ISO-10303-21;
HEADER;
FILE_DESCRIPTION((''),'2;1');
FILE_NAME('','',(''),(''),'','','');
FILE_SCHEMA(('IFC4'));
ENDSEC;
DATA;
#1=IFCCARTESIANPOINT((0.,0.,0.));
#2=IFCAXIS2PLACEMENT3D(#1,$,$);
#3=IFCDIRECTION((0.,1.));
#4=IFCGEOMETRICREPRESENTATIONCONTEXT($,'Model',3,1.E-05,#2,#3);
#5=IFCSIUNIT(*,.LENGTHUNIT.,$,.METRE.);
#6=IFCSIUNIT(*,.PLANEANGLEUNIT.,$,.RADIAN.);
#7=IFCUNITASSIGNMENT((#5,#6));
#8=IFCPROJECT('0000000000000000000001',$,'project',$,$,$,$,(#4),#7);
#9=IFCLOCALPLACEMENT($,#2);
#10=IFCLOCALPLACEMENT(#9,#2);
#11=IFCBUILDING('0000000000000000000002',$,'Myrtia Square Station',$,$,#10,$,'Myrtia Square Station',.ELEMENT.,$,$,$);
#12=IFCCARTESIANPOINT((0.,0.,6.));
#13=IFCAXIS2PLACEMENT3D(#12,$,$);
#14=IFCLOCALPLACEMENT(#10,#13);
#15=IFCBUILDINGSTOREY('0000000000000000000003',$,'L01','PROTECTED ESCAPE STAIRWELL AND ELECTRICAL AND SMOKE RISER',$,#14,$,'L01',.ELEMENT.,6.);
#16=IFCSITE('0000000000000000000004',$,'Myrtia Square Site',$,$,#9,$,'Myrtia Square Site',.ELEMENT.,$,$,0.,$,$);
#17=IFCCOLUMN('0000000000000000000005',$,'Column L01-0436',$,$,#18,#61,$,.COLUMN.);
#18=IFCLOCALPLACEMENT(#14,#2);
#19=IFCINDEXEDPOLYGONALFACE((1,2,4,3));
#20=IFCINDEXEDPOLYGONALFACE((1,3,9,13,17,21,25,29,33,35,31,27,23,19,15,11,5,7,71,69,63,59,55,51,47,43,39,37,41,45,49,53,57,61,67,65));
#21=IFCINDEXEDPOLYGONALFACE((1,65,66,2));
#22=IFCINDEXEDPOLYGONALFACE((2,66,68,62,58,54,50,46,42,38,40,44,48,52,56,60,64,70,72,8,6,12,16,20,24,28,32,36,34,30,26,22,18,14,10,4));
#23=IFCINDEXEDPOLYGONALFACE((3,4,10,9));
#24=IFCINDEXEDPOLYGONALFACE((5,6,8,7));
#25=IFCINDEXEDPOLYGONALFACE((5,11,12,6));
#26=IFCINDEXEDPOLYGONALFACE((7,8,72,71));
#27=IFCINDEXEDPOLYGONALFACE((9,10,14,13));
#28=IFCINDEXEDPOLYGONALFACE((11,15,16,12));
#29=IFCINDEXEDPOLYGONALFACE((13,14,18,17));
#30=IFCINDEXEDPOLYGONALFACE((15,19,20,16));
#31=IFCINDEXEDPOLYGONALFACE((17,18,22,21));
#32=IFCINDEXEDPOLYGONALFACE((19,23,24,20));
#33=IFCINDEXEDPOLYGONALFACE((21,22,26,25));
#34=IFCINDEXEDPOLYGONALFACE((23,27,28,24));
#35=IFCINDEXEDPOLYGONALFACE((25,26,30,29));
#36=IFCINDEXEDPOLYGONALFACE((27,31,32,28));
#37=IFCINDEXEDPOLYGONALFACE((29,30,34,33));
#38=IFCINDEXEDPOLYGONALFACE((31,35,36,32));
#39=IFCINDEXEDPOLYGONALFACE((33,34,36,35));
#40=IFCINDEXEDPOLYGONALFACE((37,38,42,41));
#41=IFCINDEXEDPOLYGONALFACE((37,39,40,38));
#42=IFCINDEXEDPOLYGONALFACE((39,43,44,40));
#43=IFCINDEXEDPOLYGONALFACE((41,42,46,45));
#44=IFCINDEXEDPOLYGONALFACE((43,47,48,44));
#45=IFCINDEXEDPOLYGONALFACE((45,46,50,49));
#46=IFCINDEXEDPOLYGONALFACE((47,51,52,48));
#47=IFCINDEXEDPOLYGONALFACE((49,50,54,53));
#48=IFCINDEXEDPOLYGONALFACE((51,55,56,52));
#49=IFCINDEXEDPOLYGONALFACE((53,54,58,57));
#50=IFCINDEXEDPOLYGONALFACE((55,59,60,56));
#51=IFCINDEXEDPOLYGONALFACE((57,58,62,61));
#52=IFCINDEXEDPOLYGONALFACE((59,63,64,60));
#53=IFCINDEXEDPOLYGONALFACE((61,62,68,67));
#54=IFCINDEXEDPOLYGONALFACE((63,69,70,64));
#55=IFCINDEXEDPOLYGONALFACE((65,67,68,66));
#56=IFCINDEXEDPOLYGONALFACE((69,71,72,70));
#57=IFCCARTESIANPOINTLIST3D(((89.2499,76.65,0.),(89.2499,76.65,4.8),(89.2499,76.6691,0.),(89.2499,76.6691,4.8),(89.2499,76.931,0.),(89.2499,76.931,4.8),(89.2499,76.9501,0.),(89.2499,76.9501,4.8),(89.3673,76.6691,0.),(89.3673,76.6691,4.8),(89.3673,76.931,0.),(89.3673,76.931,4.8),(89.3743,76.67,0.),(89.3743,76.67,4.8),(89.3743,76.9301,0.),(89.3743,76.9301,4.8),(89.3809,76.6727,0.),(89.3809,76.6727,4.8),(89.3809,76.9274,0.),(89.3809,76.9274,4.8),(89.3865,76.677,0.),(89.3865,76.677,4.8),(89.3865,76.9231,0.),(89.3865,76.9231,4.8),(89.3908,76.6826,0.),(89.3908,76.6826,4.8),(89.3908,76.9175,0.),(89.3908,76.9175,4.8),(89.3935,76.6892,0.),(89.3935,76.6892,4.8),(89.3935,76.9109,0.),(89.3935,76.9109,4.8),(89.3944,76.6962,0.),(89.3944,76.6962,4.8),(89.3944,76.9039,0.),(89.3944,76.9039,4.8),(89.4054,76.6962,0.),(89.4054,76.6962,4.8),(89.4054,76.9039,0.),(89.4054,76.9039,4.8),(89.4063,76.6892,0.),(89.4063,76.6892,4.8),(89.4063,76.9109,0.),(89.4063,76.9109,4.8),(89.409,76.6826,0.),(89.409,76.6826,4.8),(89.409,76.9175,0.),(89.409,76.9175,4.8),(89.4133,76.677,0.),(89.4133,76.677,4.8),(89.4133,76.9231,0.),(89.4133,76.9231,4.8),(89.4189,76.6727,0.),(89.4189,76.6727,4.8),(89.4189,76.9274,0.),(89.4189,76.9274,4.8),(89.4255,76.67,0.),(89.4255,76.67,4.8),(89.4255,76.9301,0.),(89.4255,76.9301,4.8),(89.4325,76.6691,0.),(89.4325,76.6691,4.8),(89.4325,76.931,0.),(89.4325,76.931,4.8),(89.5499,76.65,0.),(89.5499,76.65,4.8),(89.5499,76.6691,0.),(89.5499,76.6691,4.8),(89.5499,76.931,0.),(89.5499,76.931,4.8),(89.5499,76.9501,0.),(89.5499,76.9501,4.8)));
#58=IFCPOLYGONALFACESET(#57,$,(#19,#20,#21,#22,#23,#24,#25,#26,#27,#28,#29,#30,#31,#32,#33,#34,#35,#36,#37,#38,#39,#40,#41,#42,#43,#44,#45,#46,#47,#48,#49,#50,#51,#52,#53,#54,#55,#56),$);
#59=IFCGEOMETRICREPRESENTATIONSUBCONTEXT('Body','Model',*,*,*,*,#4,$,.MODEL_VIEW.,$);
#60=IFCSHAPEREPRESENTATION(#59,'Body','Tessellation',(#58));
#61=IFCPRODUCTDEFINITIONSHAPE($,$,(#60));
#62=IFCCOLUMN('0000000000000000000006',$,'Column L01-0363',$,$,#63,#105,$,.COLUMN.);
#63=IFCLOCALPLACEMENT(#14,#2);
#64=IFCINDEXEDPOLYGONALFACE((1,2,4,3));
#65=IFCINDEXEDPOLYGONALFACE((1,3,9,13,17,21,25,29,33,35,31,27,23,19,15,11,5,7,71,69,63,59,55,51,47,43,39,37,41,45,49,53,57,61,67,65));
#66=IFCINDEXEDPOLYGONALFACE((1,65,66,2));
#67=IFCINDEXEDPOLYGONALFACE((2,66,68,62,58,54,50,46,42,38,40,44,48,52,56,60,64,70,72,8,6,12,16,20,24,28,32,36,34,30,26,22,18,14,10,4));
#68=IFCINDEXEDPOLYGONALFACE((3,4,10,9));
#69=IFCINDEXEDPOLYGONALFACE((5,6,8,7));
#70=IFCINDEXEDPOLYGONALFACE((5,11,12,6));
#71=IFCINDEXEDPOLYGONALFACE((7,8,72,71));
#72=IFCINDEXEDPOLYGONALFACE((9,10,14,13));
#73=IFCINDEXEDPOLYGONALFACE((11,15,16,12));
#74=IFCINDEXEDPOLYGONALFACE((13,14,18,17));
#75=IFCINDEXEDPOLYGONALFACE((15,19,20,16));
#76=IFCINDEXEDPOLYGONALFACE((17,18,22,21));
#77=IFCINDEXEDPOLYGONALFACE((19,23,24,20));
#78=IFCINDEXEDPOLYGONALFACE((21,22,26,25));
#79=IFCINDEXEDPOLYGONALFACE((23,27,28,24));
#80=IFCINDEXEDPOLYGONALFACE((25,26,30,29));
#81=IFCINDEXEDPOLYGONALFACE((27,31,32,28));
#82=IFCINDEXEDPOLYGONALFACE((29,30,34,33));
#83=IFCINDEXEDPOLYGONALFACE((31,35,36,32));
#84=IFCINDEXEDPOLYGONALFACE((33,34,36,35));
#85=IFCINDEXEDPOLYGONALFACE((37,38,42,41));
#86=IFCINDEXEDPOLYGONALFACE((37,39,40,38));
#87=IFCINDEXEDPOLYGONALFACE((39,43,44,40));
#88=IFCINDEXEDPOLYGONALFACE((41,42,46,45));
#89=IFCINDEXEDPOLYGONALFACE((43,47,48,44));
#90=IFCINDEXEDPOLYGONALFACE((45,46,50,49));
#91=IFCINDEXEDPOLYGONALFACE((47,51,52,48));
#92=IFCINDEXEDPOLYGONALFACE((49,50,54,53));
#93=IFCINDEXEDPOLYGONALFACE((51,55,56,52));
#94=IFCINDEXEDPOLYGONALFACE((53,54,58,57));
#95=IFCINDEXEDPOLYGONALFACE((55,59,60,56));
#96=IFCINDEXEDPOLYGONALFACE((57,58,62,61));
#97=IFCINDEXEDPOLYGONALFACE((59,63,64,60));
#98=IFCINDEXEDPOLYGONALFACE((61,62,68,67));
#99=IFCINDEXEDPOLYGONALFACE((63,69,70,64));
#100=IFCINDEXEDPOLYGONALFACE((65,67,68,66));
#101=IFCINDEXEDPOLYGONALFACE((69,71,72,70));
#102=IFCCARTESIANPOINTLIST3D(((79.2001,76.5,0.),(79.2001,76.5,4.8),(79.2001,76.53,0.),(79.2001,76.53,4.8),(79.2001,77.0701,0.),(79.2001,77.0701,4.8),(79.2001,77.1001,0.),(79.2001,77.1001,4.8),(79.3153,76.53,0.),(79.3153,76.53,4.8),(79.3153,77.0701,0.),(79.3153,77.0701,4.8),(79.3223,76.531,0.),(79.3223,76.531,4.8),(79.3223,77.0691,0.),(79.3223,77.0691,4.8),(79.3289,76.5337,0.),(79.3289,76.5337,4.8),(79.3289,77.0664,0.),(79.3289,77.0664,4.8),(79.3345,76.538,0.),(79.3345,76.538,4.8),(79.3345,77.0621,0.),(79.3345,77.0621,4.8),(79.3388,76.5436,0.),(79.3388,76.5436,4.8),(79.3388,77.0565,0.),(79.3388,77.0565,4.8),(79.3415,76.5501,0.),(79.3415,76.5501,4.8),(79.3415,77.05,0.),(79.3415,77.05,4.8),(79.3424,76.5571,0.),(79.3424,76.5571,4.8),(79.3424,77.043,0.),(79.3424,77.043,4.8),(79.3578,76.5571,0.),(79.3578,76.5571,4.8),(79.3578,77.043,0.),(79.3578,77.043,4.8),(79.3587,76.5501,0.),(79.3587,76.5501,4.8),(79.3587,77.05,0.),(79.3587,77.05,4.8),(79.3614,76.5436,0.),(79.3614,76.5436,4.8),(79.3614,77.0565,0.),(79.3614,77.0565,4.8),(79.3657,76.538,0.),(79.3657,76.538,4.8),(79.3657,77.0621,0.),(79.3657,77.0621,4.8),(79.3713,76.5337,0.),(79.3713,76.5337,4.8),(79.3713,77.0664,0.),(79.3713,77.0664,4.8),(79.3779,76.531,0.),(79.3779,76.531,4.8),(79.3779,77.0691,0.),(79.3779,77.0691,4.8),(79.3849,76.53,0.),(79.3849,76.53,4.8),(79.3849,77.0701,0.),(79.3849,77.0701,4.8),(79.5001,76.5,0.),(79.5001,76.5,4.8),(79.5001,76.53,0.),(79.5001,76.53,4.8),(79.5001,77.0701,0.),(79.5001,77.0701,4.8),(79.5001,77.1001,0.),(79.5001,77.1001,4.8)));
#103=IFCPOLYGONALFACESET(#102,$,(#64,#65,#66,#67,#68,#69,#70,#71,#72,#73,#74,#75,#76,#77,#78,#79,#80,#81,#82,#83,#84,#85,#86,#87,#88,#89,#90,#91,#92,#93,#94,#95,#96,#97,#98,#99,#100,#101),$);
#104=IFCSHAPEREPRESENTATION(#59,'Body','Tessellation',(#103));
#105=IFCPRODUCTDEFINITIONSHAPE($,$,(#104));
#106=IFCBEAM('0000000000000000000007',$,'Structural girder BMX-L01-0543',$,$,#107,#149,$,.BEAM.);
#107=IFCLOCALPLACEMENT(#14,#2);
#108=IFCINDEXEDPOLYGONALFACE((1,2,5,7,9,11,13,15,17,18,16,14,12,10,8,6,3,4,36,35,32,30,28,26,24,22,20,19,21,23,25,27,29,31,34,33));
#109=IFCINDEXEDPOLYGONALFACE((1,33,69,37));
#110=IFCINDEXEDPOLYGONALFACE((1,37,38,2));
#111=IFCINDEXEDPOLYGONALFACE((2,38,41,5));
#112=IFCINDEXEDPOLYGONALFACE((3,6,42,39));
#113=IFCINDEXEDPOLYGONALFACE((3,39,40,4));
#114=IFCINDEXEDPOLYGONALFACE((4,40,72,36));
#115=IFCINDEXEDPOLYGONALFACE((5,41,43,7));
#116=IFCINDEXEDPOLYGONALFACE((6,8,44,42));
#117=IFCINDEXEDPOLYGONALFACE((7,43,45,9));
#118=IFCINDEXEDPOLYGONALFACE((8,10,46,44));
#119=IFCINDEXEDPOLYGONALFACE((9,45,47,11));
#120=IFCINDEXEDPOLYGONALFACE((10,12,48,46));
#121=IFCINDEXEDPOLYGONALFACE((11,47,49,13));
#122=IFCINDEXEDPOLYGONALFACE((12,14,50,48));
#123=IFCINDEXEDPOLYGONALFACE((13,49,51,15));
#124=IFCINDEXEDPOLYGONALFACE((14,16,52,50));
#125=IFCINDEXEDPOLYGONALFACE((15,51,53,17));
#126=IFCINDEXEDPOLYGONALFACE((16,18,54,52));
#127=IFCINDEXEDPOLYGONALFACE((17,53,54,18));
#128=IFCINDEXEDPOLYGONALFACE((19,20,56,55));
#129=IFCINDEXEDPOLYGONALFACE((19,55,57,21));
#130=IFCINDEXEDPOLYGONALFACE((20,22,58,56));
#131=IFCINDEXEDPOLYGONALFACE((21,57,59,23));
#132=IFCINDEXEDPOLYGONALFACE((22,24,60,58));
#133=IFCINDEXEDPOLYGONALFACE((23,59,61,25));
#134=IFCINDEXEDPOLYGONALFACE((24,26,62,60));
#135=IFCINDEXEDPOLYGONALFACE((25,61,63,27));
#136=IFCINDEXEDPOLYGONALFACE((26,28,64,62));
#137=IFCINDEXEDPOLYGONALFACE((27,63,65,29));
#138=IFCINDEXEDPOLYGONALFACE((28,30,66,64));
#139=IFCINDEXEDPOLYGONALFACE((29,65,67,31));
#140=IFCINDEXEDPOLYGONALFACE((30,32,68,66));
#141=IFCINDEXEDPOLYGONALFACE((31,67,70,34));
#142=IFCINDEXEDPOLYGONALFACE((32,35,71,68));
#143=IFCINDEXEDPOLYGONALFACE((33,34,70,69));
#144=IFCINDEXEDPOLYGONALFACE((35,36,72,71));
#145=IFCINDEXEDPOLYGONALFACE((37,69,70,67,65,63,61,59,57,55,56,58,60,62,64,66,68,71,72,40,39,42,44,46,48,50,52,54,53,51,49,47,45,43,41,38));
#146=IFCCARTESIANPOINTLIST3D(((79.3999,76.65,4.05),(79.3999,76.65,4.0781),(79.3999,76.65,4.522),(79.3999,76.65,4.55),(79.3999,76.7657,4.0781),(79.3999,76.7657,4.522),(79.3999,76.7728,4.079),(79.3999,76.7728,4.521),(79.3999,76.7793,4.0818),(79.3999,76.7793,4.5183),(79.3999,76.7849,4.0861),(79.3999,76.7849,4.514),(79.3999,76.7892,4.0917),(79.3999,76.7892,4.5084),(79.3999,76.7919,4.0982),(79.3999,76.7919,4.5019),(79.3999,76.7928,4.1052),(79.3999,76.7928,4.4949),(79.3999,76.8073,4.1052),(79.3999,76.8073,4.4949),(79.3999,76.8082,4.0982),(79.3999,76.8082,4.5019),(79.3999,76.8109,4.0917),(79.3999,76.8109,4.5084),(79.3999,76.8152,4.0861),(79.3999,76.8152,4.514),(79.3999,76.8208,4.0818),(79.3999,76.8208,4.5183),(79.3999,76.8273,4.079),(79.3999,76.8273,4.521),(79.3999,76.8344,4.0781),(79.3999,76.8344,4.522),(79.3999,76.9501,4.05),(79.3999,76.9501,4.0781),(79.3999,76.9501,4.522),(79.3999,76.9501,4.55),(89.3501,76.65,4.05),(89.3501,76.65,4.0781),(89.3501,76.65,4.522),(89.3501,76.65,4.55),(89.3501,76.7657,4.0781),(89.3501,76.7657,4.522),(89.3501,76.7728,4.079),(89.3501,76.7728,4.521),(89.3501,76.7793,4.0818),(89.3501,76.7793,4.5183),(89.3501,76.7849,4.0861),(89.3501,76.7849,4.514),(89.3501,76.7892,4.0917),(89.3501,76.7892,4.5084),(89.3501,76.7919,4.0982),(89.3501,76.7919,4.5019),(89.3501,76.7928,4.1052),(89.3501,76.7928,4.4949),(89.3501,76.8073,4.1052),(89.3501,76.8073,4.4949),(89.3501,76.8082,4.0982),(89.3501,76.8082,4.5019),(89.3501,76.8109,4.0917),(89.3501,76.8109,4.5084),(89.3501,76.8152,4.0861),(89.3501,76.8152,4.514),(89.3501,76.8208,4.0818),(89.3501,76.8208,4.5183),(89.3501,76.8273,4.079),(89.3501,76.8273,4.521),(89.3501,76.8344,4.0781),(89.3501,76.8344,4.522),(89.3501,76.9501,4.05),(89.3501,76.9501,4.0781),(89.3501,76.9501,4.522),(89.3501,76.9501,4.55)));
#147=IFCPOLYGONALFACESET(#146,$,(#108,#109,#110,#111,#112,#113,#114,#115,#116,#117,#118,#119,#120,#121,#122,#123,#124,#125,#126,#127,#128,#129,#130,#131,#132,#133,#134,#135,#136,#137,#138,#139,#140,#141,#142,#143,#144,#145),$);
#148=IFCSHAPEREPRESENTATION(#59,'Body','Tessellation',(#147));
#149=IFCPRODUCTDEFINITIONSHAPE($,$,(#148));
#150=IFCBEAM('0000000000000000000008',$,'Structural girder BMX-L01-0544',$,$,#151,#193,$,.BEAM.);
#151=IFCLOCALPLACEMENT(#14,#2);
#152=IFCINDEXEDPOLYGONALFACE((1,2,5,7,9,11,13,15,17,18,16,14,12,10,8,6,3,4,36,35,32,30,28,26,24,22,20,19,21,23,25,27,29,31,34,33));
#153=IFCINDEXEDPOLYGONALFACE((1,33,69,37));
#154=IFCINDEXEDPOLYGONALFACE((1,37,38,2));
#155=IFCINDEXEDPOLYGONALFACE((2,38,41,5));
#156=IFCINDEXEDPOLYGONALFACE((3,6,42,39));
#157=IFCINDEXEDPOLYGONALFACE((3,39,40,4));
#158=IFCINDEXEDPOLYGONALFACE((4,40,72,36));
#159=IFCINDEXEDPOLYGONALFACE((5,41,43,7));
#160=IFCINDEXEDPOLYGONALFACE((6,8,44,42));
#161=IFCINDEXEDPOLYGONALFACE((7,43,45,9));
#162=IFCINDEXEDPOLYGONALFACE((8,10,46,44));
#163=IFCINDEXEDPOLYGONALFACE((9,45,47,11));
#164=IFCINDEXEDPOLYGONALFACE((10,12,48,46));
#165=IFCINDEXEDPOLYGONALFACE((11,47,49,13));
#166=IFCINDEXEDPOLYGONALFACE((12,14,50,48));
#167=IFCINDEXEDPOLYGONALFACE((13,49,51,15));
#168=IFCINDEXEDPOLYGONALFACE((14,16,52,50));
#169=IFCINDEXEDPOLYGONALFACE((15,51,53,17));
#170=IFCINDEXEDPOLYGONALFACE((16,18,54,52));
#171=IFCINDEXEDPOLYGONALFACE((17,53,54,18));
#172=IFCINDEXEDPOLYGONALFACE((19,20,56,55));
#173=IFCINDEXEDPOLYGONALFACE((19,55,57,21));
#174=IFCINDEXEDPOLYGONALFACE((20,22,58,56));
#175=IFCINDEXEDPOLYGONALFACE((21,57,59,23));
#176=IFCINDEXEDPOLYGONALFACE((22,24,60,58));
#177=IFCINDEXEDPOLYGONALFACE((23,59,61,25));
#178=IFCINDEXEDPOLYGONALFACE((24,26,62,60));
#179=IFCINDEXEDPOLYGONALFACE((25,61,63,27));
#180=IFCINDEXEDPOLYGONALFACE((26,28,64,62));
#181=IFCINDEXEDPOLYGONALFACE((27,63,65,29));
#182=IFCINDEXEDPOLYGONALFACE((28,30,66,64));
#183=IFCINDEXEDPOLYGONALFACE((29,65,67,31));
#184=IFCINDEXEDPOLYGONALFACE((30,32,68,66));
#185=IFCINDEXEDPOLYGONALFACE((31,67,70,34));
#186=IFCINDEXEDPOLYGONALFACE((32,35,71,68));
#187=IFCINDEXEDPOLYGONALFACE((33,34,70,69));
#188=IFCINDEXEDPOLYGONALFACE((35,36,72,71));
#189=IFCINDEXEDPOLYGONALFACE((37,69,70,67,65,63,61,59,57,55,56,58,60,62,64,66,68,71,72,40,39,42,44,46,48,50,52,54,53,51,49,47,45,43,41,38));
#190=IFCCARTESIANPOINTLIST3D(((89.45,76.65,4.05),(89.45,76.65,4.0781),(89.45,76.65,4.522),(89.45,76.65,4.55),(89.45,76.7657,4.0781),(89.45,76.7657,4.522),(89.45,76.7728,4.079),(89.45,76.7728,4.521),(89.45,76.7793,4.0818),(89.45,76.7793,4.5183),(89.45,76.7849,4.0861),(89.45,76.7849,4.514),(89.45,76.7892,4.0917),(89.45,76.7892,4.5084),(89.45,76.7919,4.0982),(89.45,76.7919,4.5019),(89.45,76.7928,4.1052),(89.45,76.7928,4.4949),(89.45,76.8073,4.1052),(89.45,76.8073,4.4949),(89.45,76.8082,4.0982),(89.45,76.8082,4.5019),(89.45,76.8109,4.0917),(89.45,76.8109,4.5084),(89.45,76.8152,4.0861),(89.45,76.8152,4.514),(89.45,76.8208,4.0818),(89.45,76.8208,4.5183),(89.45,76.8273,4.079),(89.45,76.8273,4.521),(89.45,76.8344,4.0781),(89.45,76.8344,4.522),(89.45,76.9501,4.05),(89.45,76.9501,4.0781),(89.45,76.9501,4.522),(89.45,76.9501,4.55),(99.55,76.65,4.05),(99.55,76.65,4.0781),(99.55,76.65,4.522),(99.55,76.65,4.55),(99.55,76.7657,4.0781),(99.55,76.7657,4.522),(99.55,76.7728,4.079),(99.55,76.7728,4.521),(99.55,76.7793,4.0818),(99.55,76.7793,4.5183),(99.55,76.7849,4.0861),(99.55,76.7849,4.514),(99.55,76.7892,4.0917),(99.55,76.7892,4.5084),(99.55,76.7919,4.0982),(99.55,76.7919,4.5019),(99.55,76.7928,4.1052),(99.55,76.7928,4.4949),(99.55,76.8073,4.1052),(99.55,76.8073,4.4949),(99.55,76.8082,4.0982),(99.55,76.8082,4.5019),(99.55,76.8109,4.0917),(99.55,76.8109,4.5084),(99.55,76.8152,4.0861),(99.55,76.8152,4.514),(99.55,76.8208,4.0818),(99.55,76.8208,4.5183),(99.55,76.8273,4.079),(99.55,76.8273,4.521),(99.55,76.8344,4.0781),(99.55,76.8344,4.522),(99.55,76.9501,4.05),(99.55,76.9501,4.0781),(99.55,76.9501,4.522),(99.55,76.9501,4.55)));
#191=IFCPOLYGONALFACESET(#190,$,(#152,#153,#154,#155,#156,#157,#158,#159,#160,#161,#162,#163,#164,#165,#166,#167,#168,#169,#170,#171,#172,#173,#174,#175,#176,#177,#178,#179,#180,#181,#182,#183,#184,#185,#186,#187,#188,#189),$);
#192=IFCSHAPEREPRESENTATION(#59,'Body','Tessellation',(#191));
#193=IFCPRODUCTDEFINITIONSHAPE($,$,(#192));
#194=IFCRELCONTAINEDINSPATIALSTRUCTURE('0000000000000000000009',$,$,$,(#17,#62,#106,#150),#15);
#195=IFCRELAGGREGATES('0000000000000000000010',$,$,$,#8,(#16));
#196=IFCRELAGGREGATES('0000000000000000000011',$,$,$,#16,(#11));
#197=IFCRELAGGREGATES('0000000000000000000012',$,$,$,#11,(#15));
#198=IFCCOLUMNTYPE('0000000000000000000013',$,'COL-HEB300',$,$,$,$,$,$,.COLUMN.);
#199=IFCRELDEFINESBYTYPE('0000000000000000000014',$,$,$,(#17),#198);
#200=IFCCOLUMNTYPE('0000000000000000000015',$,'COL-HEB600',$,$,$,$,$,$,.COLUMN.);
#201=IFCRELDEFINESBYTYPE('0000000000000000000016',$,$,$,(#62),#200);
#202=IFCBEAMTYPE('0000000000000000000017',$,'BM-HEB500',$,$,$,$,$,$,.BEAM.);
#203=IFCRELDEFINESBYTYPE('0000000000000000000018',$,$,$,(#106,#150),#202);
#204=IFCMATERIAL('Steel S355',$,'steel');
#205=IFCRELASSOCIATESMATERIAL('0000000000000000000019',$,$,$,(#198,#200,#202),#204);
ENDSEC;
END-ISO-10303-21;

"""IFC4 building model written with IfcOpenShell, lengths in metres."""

from ifc_helpers import new_model, si_unit, direction, frame, origin, origin_2d, place, context, subcontext, project, spatial, i_section, extrude, material, material_profile, profile_set, type_object, element, save


model = new_model("IFC4")

# Units and contexts
model_context = context("Model", 3, precision=1e-05, world=origin(), true_north=direction((0.0, 1.0)))
body_context = subcontext(model_context, "Body", "Model", "MODEL_VIEW")
ifc_project = project(units=[si_unit("LENGTHUNIT", "METRE"), si_unit("PLANEANGLEUNIT", "RADIAN")], contexts=[model_context])

# Site, building, storey
site_placement = place(None, origin())
site = spatial("IfcSite", under=ifc_project, at=site_placement, Name="Myrtia Square Site", LongName="Myrtia Square Site", CompositionType="ELEMENT", RefElevation=0.0)
building_placement = place(site_placement, origin())
building = spatial("IfcBuilding", under=site, at=building_placement, Name="Myrtia Square Station", LongName="Myrtia Square Station", CompositionType="ELEMENT")
storey_placement = place(building_placement, frame((0.0, 0.0, 6.0)))
storey = spatial("IfcBuildingStorey", under=building, at=storey_placement, Name="L01", Description="PROTECTED ESCAPE STAIRWELL AND ELECTRICAL AND SMOKE RISER", LongName="L01", CompositionType="ELEMENT", Elevation=6.0)

# Columns
ifc_material_1 = material(Name="Steel S355", Category="steel")
ifc_material_profile_1 = material_profile(ifc_material_1, i_section(OverallWidth=0.3, OverallDepth=0.3, WebThickness=0.011, FlangeThickness=0.019, FilletRadius=0.0271, at=origin_2d()), Name="HEB 300")
ifc_profile_set_1 = profile_set([ifc_material_profile_1], Name="Steel S355")
column_type_1 = type_object("IfcColumnType", Name="COL-HEB300", PredefinedType="COLUMN", material=ifc_profile_set_1)
column_1_placement = place(storey_placement, frame((89.3999, 76.8, 0.0), z_axis=(0.0, 0.0, 1.0), x_axis=(1.0, 0.0, 0.0)))
element("IfcColumn", 1, at=column_1_placement, inside=storey, type_object=column_type_1, Name="Column L01-0436", PredefinedType="COLUMN", context=body_context, shape_type="SweptSolid", body=[
    extrude(i_section(OverallWidth=0.3, OverallDepth=0.3, WebThickness=0.011, FlangeThickness=0.019, FilletRadius=0.0271, at=origin_2d()), origin(), (0.0, 0.0, 1.0), 4.8),
])
ifc_material_profile_2 = material_profile(ifc_material_1, i_section(OverallWidth=0.3, OverallDepth=0.6001, WebThickness=0.0154, FlangeThickness=0.03, FilletRadius=0.0271, at=origin_2d()), Name="HEB 600")
ifc_profile_set_2 = profile_set([ifc_material_profile_2], Name="Steel S355")
column_type_2 = type_object("IfcColumnType", Name="COL-HEB600", PredefinedType="COLUMN", material=ifc_profile_set_2)
column_2_placement = place(storey_placement, frame((79.3501, 76.8, 0.0), z_axis=(0.0, 0.0, 1.0), x_axis=(1.0, 0.0, 0.0)))
element("IfcColumn", 2, at=column_2_placement, inside=storey, type_object=column_type_2, Name="Column L01-0363", PredefinedType="COLUMN", context=body_context, shape_type="SweptSolid", body=[
    extrude(i_section(OverallWidth=0.3, OverallDepth=0.6001, WebThickness=0.0154, FlangeThickness=0.03, FilletRadius=0.0271, at=origin_2d()), origin(), (0.0, 0.0, 1.0), 4.8),
])

# Beams
ifc_material_profile_3 = material_profile(ifc_material_1, i_section(OverallWidth=0.3, OverallDepth=0.5, WebThickness=0.0144, FlangeThickness=0.0281, FilletRadius=0.0271, at=origin_2d()), Name="HEB 500")
ifc_profile_set_3 = profile_set([ifc_material_profile_3], Name="Steel S355")
beam_type_1 = type_object("IfcBeamType", Name="BM-HEB500", PredefinedType="BEAM", material=ifc_profile_set_3)
beam_1_placement = place(storey_placement, frame((79.3999, 76.8, 4.3), z_axis=(1.0, 0.0, 0.0), x_axis=(0.0, 1.0, 0.0)))
element("IfcBeam", 3, at=beam_1_placement, inside=storey, type_object=beam_type_1, Name="Structural girder BMX-L01-0543", PredefinedType="BEAM", context=body_context, shape_type="SweptSolid", body=[
    extrude(i_section(OverallWidth=0.3, OverallDepth=0.5, WebThickness=0.0144, FlangeThickness=0.0281, FilletRadius=0.0271, at=origin_2d()), origin(), (0.0, 0.0, 1.0), 9.9502),
])
beam_2_placement = place(storey_placement, frame((89.45, 76.8, 4.3), z_axis=(1.0, 0.0, 0.0), x_axis=(0.0, 1.0, 0.0)))
element("IfcBeam", 4, at=beam_2_placement, inside=storey, type_object=beam_type_1, Name="Structural girder BMX-L01-0544", PredefinedType="BEAM", context=body_context, shape_type="SweptSolid", body=[
    extrude(i_section(OverallWidth=0.3, OverallDepth=0.5, WebThickness=0.0144, FlangeThickness=0.0281, FilletRadius=0.0271, at=origin_2d()), origin(), (0.0, 0.0, 1.0), 10.1001),
])

save(model, "model.ifc")
